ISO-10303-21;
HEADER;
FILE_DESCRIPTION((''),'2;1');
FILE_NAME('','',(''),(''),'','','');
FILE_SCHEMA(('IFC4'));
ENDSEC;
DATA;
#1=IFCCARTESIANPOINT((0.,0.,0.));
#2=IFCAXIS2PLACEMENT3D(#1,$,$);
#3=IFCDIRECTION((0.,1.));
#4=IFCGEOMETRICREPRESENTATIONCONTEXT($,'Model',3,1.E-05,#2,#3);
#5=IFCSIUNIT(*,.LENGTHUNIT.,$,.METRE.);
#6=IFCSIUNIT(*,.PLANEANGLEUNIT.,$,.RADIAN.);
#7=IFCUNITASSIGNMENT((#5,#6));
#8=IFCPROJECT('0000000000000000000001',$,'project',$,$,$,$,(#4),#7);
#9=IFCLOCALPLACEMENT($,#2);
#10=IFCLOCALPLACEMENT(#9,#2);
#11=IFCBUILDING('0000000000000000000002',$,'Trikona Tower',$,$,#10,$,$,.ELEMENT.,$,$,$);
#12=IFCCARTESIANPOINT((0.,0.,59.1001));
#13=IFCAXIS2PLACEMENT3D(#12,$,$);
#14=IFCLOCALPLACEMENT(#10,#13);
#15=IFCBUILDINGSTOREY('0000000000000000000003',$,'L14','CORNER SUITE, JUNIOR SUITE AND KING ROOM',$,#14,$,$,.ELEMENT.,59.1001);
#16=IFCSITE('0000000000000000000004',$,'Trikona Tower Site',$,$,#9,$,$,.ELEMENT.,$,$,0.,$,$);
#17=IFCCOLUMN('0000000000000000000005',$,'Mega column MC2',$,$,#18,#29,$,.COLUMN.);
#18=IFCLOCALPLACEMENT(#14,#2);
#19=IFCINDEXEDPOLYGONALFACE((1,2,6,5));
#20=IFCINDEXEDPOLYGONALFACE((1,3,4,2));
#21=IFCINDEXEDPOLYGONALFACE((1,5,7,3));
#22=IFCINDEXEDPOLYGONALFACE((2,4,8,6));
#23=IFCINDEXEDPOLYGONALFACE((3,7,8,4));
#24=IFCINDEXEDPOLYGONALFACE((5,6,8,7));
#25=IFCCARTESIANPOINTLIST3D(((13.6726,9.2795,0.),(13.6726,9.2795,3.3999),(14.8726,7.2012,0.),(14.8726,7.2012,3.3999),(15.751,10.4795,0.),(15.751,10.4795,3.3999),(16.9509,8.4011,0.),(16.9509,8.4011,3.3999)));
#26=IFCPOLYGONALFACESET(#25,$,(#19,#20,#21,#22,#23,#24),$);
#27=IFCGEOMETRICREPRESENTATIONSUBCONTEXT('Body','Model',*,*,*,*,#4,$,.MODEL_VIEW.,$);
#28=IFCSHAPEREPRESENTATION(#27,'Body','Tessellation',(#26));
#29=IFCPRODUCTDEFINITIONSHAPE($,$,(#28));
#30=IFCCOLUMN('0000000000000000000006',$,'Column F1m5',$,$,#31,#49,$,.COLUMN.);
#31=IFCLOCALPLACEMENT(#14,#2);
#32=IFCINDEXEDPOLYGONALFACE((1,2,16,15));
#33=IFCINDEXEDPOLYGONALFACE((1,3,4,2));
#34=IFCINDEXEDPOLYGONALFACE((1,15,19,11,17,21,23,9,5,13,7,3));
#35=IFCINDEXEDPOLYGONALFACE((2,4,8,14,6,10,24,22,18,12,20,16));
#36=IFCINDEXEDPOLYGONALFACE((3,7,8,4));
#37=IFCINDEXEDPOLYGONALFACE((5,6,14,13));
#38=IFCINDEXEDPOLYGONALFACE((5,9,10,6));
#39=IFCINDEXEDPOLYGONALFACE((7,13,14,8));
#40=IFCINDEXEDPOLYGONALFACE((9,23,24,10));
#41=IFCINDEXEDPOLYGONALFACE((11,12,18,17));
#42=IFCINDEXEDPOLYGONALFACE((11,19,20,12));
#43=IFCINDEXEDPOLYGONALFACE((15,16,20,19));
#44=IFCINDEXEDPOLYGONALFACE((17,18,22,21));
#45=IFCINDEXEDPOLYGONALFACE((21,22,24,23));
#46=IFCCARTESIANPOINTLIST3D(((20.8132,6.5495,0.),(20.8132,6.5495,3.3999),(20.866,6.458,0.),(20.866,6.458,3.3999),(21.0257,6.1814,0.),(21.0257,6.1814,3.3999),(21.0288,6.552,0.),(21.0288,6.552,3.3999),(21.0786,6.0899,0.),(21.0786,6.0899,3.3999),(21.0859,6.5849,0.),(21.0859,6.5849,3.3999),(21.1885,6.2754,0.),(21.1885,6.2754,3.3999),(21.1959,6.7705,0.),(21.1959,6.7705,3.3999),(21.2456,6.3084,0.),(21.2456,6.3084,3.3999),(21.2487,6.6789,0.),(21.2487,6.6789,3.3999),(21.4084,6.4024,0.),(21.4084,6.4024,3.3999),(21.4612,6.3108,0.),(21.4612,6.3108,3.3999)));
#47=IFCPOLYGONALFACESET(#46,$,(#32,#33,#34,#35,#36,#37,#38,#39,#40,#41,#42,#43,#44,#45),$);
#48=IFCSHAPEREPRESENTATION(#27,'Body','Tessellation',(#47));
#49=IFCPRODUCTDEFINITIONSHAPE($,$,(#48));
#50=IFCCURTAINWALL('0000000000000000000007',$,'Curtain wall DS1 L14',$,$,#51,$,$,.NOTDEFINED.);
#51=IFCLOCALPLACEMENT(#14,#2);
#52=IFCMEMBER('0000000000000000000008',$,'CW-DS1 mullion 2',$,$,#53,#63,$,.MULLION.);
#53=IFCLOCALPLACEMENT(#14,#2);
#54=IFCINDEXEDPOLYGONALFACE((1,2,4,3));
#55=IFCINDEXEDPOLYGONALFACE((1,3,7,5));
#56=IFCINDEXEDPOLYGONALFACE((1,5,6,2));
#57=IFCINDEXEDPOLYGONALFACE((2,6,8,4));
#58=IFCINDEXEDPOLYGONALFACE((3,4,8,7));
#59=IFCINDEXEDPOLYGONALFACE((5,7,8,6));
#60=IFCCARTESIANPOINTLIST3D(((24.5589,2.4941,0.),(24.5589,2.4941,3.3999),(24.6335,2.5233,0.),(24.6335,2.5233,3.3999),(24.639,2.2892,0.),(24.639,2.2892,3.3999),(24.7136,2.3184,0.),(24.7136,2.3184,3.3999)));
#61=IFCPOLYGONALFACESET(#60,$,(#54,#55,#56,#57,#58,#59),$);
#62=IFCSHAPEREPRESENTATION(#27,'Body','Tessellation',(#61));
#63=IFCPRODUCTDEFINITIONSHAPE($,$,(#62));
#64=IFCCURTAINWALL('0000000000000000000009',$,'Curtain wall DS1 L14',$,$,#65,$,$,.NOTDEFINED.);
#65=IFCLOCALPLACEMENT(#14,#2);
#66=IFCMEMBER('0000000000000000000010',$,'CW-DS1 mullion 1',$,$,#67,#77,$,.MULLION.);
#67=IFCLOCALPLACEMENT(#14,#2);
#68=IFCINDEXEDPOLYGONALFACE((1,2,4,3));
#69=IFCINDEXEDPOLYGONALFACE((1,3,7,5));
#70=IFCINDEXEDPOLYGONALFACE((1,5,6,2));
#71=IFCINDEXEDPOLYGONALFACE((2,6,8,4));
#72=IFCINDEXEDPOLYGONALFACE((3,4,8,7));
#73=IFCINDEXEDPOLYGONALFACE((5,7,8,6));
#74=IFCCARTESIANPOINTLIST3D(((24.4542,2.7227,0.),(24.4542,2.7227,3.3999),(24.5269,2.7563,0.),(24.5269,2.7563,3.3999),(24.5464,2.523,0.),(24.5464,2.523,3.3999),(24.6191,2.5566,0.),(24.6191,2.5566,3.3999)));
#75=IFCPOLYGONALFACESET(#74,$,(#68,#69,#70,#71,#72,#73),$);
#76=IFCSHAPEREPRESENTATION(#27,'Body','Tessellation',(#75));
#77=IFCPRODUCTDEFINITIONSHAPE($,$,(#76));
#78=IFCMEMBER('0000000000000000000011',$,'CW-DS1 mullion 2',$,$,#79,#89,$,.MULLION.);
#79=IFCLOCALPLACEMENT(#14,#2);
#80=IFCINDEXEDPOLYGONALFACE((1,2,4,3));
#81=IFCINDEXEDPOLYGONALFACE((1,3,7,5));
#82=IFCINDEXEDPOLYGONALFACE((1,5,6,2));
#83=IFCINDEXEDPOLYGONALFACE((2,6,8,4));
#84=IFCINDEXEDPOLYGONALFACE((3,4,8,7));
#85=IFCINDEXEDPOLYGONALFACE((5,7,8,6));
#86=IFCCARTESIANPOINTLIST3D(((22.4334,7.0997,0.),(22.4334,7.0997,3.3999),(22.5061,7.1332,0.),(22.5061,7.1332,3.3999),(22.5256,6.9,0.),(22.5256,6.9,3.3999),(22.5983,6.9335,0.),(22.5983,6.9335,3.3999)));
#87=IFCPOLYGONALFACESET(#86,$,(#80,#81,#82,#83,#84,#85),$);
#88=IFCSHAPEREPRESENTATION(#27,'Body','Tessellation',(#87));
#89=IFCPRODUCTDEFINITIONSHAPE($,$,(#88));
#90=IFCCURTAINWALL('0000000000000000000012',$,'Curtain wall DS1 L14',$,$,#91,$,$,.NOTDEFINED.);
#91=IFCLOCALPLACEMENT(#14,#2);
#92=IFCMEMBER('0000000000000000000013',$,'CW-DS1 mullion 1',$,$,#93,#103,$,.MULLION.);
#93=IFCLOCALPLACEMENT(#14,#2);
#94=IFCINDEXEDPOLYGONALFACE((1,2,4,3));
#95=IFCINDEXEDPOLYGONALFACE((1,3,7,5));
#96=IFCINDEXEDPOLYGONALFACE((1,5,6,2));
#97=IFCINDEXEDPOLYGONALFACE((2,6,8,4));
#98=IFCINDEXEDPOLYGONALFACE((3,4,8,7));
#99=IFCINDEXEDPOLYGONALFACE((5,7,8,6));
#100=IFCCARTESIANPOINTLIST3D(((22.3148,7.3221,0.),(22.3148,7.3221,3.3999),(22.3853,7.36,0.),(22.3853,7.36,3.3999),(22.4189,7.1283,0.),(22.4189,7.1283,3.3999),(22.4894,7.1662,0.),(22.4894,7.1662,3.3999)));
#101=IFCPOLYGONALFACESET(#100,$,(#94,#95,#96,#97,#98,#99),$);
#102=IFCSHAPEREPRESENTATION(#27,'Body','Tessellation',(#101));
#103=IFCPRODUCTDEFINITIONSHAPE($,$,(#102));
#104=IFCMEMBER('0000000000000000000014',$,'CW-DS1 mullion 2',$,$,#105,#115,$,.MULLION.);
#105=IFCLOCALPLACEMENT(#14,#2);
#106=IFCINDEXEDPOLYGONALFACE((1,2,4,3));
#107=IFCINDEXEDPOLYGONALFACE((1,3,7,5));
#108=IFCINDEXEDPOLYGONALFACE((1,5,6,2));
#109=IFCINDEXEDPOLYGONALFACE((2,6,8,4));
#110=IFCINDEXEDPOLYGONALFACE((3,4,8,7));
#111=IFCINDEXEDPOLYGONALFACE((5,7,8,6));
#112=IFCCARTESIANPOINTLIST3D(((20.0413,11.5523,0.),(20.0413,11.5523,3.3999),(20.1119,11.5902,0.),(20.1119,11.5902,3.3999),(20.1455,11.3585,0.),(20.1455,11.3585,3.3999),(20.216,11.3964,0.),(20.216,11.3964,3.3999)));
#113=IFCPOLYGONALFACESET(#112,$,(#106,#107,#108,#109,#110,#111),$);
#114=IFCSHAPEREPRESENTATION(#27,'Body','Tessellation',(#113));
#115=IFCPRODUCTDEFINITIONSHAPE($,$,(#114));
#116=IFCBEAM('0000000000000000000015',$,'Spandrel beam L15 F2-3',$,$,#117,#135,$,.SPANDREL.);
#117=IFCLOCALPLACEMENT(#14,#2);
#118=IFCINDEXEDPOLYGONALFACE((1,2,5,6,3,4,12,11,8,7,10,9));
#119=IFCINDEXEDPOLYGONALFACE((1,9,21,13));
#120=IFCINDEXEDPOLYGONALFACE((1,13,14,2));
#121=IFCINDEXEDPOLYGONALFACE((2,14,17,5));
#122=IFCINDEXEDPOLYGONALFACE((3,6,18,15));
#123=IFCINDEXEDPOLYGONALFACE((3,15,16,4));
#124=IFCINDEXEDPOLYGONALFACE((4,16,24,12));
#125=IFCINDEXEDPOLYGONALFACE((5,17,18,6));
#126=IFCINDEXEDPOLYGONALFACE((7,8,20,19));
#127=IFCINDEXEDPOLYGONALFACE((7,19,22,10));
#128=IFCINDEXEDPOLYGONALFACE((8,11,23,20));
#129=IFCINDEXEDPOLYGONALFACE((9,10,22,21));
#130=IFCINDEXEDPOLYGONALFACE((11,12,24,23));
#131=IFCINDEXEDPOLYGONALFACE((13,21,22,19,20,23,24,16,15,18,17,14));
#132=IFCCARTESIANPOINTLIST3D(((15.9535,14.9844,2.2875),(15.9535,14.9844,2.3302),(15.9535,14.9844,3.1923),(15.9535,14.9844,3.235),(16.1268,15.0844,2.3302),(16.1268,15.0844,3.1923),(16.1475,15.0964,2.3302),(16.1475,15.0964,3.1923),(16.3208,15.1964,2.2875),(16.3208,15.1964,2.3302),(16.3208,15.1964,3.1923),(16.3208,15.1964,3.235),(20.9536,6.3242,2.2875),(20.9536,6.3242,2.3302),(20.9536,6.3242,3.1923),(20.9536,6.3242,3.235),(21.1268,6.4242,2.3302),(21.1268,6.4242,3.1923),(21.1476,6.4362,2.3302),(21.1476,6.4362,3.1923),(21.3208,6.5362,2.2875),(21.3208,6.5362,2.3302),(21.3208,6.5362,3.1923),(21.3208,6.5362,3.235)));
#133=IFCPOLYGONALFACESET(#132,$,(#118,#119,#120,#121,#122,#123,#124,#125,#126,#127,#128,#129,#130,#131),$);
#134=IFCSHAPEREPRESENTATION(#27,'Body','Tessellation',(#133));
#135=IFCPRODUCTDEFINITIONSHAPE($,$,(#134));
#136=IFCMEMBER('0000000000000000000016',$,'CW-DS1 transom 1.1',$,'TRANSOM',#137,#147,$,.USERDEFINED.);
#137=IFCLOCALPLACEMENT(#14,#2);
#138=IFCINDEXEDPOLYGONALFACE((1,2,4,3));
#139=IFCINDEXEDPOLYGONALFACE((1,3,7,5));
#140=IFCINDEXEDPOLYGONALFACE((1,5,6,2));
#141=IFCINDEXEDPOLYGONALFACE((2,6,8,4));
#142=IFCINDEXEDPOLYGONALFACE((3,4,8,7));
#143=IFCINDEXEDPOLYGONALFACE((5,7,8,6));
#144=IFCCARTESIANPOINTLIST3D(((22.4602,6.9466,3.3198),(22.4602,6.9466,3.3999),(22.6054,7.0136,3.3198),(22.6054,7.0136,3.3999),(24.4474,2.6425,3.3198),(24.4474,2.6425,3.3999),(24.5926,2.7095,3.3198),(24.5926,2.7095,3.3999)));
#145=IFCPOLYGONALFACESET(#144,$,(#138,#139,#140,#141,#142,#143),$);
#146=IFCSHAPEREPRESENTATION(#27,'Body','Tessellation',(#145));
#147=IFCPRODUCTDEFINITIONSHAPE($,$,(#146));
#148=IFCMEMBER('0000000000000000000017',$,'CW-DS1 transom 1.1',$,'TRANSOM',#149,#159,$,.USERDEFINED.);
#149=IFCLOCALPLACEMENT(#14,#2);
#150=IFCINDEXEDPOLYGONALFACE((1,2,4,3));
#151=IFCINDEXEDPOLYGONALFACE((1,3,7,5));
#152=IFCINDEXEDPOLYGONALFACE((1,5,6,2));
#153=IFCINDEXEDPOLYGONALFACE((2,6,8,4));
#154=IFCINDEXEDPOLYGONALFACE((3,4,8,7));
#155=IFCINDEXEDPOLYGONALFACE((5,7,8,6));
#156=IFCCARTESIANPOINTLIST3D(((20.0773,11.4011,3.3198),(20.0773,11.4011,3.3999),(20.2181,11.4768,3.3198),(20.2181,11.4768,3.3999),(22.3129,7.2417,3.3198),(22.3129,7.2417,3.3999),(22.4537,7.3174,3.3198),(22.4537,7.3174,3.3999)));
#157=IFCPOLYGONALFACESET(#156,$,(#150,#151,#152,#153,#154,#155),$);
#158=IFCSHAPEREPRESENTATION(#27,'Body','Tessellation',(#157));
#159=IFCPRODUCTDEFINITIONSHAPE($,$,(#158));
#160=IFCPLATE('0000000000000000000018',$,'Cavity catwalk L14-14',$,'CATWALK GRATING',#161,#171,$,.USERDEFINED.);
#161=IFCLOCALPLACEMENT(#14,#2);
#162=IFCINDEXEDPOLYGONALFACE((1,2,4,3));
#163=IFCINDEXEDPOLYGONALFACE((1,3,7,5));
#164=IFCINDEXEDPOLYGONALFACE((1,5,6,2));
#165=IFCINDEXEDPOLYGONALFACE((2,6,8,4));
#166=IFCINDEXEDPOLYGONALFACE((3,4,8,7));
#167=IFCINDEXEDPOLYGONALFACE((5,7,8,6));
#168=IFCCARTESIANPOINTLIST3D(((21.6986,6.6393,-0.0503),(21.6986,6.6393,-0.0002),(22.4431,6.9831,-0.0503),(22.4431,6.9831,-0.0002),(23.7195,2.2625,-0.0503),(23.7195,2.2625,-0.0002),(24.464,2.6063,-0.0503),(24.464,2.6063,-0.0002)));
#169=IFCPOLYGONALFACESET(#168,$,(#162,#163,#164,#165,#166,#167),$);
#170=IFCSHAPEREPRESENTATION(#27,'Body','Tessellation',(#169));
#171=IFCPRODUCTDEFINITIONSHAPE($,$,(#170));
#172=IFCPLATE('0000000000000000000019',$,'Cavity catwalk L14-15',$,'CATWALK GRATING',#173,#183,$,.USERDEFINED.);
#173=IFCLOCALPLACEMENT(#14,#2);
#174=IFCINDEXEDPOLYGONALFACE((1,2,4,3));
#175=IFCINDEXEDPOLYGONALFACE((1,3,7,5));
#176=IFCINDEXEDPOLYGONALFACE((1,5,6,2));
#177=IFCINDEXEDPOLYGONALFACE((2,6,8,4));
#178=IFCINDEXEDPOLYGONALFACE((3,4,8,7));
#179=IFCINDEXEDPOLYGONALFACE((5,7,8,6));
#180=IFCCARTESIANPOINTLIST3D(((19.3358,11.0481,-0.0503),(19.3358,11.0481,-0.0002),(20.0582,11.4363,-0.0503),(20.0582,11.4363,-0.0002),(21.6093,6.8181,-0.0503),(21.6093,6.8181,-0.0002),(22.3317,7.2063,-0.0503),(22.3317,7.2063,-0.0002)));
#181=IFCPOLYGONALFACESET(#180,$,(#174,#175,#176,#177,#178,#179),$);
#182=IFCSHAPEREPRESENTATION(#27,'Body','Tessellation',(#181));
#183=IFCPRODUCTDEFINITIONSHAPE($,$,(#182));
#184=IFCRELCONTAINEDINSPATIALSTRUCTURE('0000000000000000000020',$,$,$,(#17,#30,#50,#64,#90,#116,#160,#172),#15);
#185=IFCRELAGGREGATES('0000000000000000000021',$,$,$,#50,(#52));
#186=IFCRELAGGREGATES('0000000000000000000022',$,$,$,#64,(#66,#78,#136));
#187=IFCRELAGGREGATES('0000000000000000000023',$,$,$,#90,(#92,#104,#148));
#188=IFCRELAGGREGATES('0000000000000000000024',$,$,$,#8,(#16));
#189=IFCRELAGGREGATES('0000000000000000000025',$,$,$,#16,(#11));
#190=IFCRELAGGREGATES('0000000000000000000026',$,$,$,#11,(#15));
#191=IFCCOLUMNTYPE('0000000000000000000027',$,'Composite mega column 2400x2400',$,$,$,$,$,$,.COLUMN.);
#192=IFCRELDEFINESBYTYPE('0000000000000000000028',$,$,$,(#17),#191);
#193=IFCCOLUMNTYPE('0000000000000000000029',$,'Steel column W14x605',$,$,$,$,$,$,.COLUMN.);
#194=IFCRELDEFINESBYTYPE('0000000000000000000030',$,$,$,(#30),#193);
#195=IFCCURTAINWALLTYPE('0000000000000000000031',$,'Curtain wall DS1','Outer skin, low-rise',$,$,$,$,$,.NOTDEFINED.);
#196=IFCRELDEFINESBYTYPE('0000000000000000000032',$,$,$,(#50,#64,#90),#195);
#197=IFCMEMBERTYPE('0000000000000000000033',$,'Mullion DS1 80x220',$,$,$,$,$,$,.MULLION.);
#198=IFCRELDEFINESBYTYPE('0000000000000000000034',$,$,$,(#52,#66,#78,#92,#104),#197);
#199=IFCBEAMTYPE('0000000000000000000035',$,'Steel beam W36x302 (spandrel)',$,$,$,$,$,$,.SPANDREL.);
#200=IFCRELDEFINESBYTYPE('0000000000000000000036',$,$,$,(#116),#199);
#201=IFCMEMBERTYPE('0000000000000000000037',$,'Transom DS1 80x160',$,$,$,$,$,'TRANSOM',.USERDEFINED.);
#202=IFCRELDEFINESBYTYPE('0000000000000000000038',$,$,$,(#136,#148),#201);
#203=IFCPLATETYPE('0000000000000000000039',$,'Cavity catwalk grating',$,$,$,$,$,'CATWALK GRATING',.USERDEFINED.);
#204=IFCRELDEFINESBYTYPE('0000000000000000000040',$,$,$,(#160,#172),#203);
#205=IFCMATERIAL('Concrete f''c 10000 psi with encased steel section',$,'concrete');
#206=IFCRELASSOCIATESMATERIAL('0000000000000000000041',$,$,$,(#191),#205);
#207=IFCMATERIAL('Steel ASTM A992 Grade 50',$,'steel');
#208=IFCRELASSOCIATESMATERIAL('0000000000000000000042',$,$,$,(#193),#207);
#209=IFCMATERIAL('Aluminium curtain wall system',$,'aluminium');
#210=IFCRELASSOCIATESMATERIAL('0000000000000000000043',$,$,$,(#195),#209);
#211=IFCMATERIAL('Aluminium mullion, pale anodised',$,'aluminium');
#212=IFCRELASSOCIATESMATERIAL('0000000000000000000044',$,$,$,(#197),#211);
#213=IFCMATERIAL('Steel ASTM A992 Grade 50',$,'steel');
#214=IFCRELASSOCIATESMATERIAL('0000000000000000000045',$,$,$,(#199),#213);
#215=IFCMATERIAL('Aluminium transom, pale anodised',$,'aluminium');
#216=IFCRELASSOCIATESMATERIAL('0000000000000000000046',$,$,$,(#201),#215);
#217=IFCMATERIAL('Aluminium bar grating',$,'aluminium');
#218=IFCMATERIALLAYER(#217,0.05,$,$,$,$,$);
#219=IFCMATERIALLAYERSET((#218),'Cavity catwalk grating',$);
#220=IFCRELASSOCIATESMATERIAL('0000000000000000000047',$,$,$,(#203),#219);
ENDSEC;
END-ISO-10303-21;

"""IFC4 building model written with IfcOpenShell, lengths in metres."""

from ifc_helpers import new_model, si_unit, direction, frame, origin, origin_2d, place, context, subcontext, project, spatial, rectangle, i_section, extrude, material, layer, layer_set, material_profile, profile_set, type_object, element, aggregate, save


model = new_model("IFC4")

# Units and contexts
model_context = context("Model", 3, precision=1e-05, world=origin(), true_north=direction((0.0, 1.0)))
body_context = subcontext(model_context, "Body", "Model", "MODEL_VIEW")
ifc_project = project(units=[si_unit("LENGTHUNIT", "METRE"), si_unit("PLANEANGLEUNIT", "RADIAN")], contexts=[model_context])

# Site, building, storey
site_placement = place(None, origin())
site = spatial("IfcSite", under=ifc_project, at=site_placement, Name="Trikona Tower Site", CompositionType="ELEMENT", RefElevation=0.0)
building_placement = place(site_placement, origin())
building = spatial("IfcBuilding", under=site, at=building_placement, Name="Trikona Tower", CompositionType="ELEMENT")
storey_placement = place(building_placement, frame((0.0, 0.0, 59.1001)))
storey = spatial("IfcBuildingStorey", under=building, at=storey_placement, Name="L14", Description="CORNER SUITE, JUNIOR SUITE AND KING ROOM", CompositionType="ELEMENT", Elevation=59.1001)

# Columns
ifc_material_1 = material(Name="Concrete f'c 10000 psi with encased steel section", Category="concrete")
ifc_material_profile_1 = material_profile(ifc_material_1, rectangle(XDim=2.3999, YDim=2.3999, at=origin_2d()), Name="MC2400")
ifc_profile_set_1 = profile_set([ifc_material_profile_1], Name="Concrete f'c 10000 psi with encased steel section")
column_type_1 = type_object("IfcColumnType", Name="Composite mega column 2400x2400", PredefinedType="COLUMN", material=ifc_profile_set_1)
column_1_placement = place(storey_placement, frame((15.3118, 8.8403, 0.0), z_axis=(0.0, 0.0, 1.0), x_axis=(0.866025, 0.5, 0.0)))
element("IfcColumn", 1, at=column_1_placement, inside=storey, type_object=column_type_1, Name="Mega column MC2", PredefinedType="COLUMN", context=body_context, shape_type="SweptSolid", body=[
    extrude(rectangle(XDim=2.3999, YDim=2.3999, at=origin_2d()), origin(), (0.0, 0.0, 1.0), 3.3999),
])
ifc_material_2 = material(Name="Steel ASTM A992 Grade 50", Category="steel")
ifc_material_profile_2 = material_profile(ifc_material_2, i_section(OverallWidth=0.4419, OverallDepth=0.5308, WebThickness=0.0659, FlangeThickness=0.1057, at=origin_2d()), Name="W14X605")
ifc_profile_set_2 = profile_set([ifc_material_profile_2], Name="Steel ASTM A992 Grade 50")
column_type_2 = type_object("IfcColumnType", Name="Steel column W14x605", PredefinedType="COLUMN", material=ifc_profile_set_2)
column_2_placement = place(storey_placement, frame((21.1372, 6.4302, 0.0), z_axis=(0.0, 0.0, 1.0), x_axis=(0.866025, 0.5, 0.0)))
element("IfcColumn", 2, at=column_2_placement, inside=storey, type_object=column_type_2, Name="Column F1m5", PredefinedType="COLUMN", context=body_context, shape_type="SweptSolid", body=[
    extrude(i_section(OverallWidth=0.4419, OverallDepth=0.5308, WebThickness=0.0659, FlangeThickness=0.1057, at=origin_2d()), origin(), (0.0, 0.0, 1.0), 3.3999),
])

# Curtain wall, member
ifc_material_3 = material(Name="Aluminium curtain wall system", Category="aluminium")
curtain_wall_type = type_object("IfcCurtainWallType", Name="Curtain wall DS1", Description="Outer skin, low-rise", PredefinedType="NOTDEFINED", material=ifc_material_3)
curtain_wall_1_placement = place(storey_placement, origin())
curtain_wall_1 = element("IfcCurtainWall", 3, at=curtain_wall_1_placement, inside=storey, type_object=curtain_wall_type, Name="Curtain wall DS1 L14", PredefinedType="NOTDEFINED")
ifc_material_4 = material(Name="Aluminium mullion, pale anodised", Category="aluminium")
ifc_material_profile_3 = material_profile(ifc_material_4, rectangle(XDim=0.0801, YDim=0.22, at=origin_2d()), Name="MUL-DS1")
ifc_profile_set_3 = profile_set([ifc_material_profile_3], Name="Aluminium mullion, pale anodised")
member_type_1 = type_object("IfcMemberType", Name="Mullion DS1 80x220", PredefinedType="MULLION", material=ifc_profile_set_3)
member_1_placement = place(storey_placement, frame((24.6362, 2.4062, 0.0), z_axis=(0.0, 0.0, 1.0), x_axis=(-0.931396, -0.364008, 0.0)))
member_1 = element("IfcMember", 4, at=member_1_placement, type_object=member_type_1, Name="CW-DS1 mullion 2", PredefinedType="MULLION", context=body_context, shape_type="SweptSolid", body=[
    extrude(rectangle(XDim=0.0801, YDim=0.22, at=origin_2d()), origin(), (0.0, 0.0, 1.0), 3.3999),
])

# Curtain walls, members
curtain_wall_2_placement = place(storey_placement, origin())
curtain_wall_2 = element("IfcCurtainWall", 5, at=curtain_wall_2_placement, inside=storey, type_object=curtain_wall_type, Name="Curtain wall DS1 L14", PredefinedType="NOTDEFINED")
member_2_placement = place(storey_placement, frame((24.5366, 2.6396, 0.0), z_axis=(0.0, 0.0, 1.0), x_axis=(-0.907898, -0.41919, 0.0)))
member_2 = element("IfcMember", 6, at=member_2_placement, type_object=member_type_1, Name="CW-DS1 mullion 1", PredefinedType="MULLION", context=body_context, shape_type="SweptSolid", body=[
    extrude(rectangle(XDim=0.0801, YDim=0.22, at=origin_2d()), origin(), (0.0, 0.0, 1.0), 3.3999),
])
member_3_placement = place(storey_placement, frame((22.5159, 7.0166, 0.0), z_axis=(0.0, 0.0, 1.0), x_axis=(-0.907898, -0.41919, 0.0)))
member_3 = element("IfcMember", 7, at=member_3_placement, type_object=member_type_1, Name="CW-DS1 mullion 2", PredefinedType="MULLION", context=body_context, shape_type="SweptSolid", body=[
    extrude(rectangle(XDim=0.0801, YDim=0.22, at=origin_2d()), origin(), (0.0, 0.0, 1.0), 3.3999),
])
curtain_wall_3_placement = place(storey_placement, origin())
curtain_wall_3 = element("IfcCurtainWall", 8, at=curtain_wall_3_placement, inside=storey, type_object=curtain_wall_type, Name="Curtain wall DS1 L14", PredefinedType="NOTDEFINED")
member_4_placement = place(storey_placement, frame((22.4021, 7.2441, 0.0), z_axis=(0.0, 0.0, 1.0), x_axis=(-0.880843, -0.473408, 0.0)))
member_4 = element("IfcMember", 9, at=member_4_placement, type_object=member_type_1, Name="CW-DS1 mullion 1", PredefinedType="MULLION", context=body_context, shape_type="SweptSolid", body=[
    extrude(rectangle(XDim=0.0801, YDim=0.22, at=origin_2d()), origin(), (0.0, 0.0, 1.0), 3.3999),
])
member_5_placement = place(storey_placement, frame((20.1287, 11.4744, 0.0), z_axis=(0.0, 0.0, 1.0), x_axis=(-0.880843, -0.473408, 0.0)))
member_5 = element("IfcMember", 10, at=member_5_placement, type_object=member_type_1, Name="CW-DS1 mullion 2", PredefinedType="MULLION", context=body_context, shape_type="SweptSolid", body=[
    extrude(rectangle(XDim=0.0801, YDim=0.22, at=origin_2d()), origin(), (0.0, 0.0, 1.0), 3.3999),
])

# Beam
ifc_material_5 = material(Name="Steel ASTM A992 Grade 50", Category="steel")
ifc_material_profile_4 = material_profile(ifc_material_5, i_section(OverallWidth=0.4241, OverallDepth=0.9475, WebThickness=0.0239, FlangeThickness=0.0427, at=origin_2d()), Name="W36X302")
ifc_profile_set_4 = profile_set([ifc_material_profile_4], Name="Steel ASTM A992 Grade 50")
beam_type = type_object("IfcBeamType", Name="Steel beam W36x302 (spandrel)", PredefinedType="SPANDREL", material=ifc_profile_set_4)
beam_placement = place(storey_placement, frame((21.1372, 6.4302, 2.7612), z_axis=(-0.500004, 0.866023, 0.0), x_axis=(-0.866023, -0.500004, 0.0)))
element("IfcBeam", 11, at=beam_placement, inside=storey, type_object=beam_type, Name="Spandrel beam L15 F2-3", PredefinedType="SPANDREL", context=body_context, shape_type="SweptSolid", body=[
    extrude(i_section(OverallWidth=0.4241, OverallDepth=0.9475, WebThickness=0.0239, FlangeThickness=0.0427, at=origin_2d()), origin(), (0.0, 0.0, 1.0), 10.0),
])

# Members
ifc_material_6 = material(Name="Aluminium transom, pale anodised", Category="aluminium")
ifc_material_profile_5 = material_profile(ifc_material_6, rectangle(XDim=0.1599, YDim=0.0801, at=origin_2d()), Name="TRN-DS1")
ifc_profile_set_5 = profile_set([ifc_material_profile_5], Name="Aluminium transom, pale anodised")
member_type_2 = type_object("IfcMemberType", Name="Transom DS1 80x160", ElementType="TRANSOM", PredefinedType="USERDEFINED", material=ifc_profile_set_5)
member_6_placement = place(storey_placement, frame((24.52, 2.676, 3.3599), z_axis=(-0.419189, 0.907899, 0.0), x_axis=(-0.907899, -0.419189, 0.0)))
member_6 = element("IfcMember", 12, at=member_6_placement, type_object=member_type_2, Name="CW-DS1 transom 1.1", ObjectType="TRANSOM", PredefinedType="USERDEFINED", context=body_context, shape_type="SweptSolid", body=[
    extrude(rectangle(XDim=0.1599, YDim=0.0801, at=origin_2d()), origin(), (0.0, 0.0, 1.0), 4.7407),
])
member_7_placement = place(storey_placement, frame((22.3833, 7.2795, 3.3599), z_axis=(-0.473428, 0.880833, 0.0), x_axis=(-0.880833, -0.473428, 0.0)))
member_7 = element("IfcMember", 13, at=member_7_placement, type_object=member_type_2, Name="CW-DS1 transom 1.1", ObjectType="TRANSOM", PredefinedType="USERDEFINED", context=body_context, shape_type="SweptSolid", body=[
    extrude(rectangle(XDim=0.1599, YDim=0.0801, at=origin_2d()), origin(), (0.0, 0.0, 1.0), 4.7222),
])

# Plates
ifc_material_7 = material(Name="Aluminium bar grating", Category="aluminium")
ifc_layer_1 = layer(ifc_material_7, 0.05)
ifc_layer_set_1 = layer_set([ifc_layer_1], Name="Cavity catwalk grating")
plate_type_1 = type_object("IfcPlateType", Name="Cavity catwalk grating", ElementType="CATWALK GRATING", PredefinedType="USERDEFINED", material=ifc_layer_set_1)
plate_1_placement = place(storey_placement, frame((23.0813, 4.6228, -0.0503), z_axis=(0.0, 0.0, 1.0), x_axis=(-0.419194, 0.907897, 0.0)))
element("IfcPlate", 14, at=plate_1_placement, inside=storey, type_object=plate_type_1, Name="Cavity catwalk L14-14", ObjectType="CATWALK GRATING", PredefinedType="USERDEFINED", context=body_context, shape_type="SweptSolid", body=[
    extrude(rectangle(XDim=4.8208, YDim=0.8201, at=origin_2d()), origin(), (0.0, 0.0, 1.0), 0.05),
])
plate_2_placement = place(storey_placement, frame((20.8337, 9.1272, -0.0503), z_axis=(0.0, 0.0, 1.0), x_axis=(-0.473423, 0.880835, 0.0)))
element("IfcPlate", 15, at=plate_2_placement, inside=storey, type_object=plate_type_1, Name="Cavity catwalk L14-15", ObjectType="CATWALK GRATING", PredefinedType="USERDEFINED", context=body_context, shape_type="SweptSolid", body=[
    extrude(rectangle(XDim=4.8022, YDim=0.8201, at=origin_2d()), origin(), (0.0, 0.0, 1.0), 0.05),
])

aggregate(curtain_wall_1, [member_1])
aggregate(curtain_wall_2, [member_2, member_3, member_6])
aggregate(curtain_wall_3, [member_4, member_5, member_7])

save(model, "model.ifc")
